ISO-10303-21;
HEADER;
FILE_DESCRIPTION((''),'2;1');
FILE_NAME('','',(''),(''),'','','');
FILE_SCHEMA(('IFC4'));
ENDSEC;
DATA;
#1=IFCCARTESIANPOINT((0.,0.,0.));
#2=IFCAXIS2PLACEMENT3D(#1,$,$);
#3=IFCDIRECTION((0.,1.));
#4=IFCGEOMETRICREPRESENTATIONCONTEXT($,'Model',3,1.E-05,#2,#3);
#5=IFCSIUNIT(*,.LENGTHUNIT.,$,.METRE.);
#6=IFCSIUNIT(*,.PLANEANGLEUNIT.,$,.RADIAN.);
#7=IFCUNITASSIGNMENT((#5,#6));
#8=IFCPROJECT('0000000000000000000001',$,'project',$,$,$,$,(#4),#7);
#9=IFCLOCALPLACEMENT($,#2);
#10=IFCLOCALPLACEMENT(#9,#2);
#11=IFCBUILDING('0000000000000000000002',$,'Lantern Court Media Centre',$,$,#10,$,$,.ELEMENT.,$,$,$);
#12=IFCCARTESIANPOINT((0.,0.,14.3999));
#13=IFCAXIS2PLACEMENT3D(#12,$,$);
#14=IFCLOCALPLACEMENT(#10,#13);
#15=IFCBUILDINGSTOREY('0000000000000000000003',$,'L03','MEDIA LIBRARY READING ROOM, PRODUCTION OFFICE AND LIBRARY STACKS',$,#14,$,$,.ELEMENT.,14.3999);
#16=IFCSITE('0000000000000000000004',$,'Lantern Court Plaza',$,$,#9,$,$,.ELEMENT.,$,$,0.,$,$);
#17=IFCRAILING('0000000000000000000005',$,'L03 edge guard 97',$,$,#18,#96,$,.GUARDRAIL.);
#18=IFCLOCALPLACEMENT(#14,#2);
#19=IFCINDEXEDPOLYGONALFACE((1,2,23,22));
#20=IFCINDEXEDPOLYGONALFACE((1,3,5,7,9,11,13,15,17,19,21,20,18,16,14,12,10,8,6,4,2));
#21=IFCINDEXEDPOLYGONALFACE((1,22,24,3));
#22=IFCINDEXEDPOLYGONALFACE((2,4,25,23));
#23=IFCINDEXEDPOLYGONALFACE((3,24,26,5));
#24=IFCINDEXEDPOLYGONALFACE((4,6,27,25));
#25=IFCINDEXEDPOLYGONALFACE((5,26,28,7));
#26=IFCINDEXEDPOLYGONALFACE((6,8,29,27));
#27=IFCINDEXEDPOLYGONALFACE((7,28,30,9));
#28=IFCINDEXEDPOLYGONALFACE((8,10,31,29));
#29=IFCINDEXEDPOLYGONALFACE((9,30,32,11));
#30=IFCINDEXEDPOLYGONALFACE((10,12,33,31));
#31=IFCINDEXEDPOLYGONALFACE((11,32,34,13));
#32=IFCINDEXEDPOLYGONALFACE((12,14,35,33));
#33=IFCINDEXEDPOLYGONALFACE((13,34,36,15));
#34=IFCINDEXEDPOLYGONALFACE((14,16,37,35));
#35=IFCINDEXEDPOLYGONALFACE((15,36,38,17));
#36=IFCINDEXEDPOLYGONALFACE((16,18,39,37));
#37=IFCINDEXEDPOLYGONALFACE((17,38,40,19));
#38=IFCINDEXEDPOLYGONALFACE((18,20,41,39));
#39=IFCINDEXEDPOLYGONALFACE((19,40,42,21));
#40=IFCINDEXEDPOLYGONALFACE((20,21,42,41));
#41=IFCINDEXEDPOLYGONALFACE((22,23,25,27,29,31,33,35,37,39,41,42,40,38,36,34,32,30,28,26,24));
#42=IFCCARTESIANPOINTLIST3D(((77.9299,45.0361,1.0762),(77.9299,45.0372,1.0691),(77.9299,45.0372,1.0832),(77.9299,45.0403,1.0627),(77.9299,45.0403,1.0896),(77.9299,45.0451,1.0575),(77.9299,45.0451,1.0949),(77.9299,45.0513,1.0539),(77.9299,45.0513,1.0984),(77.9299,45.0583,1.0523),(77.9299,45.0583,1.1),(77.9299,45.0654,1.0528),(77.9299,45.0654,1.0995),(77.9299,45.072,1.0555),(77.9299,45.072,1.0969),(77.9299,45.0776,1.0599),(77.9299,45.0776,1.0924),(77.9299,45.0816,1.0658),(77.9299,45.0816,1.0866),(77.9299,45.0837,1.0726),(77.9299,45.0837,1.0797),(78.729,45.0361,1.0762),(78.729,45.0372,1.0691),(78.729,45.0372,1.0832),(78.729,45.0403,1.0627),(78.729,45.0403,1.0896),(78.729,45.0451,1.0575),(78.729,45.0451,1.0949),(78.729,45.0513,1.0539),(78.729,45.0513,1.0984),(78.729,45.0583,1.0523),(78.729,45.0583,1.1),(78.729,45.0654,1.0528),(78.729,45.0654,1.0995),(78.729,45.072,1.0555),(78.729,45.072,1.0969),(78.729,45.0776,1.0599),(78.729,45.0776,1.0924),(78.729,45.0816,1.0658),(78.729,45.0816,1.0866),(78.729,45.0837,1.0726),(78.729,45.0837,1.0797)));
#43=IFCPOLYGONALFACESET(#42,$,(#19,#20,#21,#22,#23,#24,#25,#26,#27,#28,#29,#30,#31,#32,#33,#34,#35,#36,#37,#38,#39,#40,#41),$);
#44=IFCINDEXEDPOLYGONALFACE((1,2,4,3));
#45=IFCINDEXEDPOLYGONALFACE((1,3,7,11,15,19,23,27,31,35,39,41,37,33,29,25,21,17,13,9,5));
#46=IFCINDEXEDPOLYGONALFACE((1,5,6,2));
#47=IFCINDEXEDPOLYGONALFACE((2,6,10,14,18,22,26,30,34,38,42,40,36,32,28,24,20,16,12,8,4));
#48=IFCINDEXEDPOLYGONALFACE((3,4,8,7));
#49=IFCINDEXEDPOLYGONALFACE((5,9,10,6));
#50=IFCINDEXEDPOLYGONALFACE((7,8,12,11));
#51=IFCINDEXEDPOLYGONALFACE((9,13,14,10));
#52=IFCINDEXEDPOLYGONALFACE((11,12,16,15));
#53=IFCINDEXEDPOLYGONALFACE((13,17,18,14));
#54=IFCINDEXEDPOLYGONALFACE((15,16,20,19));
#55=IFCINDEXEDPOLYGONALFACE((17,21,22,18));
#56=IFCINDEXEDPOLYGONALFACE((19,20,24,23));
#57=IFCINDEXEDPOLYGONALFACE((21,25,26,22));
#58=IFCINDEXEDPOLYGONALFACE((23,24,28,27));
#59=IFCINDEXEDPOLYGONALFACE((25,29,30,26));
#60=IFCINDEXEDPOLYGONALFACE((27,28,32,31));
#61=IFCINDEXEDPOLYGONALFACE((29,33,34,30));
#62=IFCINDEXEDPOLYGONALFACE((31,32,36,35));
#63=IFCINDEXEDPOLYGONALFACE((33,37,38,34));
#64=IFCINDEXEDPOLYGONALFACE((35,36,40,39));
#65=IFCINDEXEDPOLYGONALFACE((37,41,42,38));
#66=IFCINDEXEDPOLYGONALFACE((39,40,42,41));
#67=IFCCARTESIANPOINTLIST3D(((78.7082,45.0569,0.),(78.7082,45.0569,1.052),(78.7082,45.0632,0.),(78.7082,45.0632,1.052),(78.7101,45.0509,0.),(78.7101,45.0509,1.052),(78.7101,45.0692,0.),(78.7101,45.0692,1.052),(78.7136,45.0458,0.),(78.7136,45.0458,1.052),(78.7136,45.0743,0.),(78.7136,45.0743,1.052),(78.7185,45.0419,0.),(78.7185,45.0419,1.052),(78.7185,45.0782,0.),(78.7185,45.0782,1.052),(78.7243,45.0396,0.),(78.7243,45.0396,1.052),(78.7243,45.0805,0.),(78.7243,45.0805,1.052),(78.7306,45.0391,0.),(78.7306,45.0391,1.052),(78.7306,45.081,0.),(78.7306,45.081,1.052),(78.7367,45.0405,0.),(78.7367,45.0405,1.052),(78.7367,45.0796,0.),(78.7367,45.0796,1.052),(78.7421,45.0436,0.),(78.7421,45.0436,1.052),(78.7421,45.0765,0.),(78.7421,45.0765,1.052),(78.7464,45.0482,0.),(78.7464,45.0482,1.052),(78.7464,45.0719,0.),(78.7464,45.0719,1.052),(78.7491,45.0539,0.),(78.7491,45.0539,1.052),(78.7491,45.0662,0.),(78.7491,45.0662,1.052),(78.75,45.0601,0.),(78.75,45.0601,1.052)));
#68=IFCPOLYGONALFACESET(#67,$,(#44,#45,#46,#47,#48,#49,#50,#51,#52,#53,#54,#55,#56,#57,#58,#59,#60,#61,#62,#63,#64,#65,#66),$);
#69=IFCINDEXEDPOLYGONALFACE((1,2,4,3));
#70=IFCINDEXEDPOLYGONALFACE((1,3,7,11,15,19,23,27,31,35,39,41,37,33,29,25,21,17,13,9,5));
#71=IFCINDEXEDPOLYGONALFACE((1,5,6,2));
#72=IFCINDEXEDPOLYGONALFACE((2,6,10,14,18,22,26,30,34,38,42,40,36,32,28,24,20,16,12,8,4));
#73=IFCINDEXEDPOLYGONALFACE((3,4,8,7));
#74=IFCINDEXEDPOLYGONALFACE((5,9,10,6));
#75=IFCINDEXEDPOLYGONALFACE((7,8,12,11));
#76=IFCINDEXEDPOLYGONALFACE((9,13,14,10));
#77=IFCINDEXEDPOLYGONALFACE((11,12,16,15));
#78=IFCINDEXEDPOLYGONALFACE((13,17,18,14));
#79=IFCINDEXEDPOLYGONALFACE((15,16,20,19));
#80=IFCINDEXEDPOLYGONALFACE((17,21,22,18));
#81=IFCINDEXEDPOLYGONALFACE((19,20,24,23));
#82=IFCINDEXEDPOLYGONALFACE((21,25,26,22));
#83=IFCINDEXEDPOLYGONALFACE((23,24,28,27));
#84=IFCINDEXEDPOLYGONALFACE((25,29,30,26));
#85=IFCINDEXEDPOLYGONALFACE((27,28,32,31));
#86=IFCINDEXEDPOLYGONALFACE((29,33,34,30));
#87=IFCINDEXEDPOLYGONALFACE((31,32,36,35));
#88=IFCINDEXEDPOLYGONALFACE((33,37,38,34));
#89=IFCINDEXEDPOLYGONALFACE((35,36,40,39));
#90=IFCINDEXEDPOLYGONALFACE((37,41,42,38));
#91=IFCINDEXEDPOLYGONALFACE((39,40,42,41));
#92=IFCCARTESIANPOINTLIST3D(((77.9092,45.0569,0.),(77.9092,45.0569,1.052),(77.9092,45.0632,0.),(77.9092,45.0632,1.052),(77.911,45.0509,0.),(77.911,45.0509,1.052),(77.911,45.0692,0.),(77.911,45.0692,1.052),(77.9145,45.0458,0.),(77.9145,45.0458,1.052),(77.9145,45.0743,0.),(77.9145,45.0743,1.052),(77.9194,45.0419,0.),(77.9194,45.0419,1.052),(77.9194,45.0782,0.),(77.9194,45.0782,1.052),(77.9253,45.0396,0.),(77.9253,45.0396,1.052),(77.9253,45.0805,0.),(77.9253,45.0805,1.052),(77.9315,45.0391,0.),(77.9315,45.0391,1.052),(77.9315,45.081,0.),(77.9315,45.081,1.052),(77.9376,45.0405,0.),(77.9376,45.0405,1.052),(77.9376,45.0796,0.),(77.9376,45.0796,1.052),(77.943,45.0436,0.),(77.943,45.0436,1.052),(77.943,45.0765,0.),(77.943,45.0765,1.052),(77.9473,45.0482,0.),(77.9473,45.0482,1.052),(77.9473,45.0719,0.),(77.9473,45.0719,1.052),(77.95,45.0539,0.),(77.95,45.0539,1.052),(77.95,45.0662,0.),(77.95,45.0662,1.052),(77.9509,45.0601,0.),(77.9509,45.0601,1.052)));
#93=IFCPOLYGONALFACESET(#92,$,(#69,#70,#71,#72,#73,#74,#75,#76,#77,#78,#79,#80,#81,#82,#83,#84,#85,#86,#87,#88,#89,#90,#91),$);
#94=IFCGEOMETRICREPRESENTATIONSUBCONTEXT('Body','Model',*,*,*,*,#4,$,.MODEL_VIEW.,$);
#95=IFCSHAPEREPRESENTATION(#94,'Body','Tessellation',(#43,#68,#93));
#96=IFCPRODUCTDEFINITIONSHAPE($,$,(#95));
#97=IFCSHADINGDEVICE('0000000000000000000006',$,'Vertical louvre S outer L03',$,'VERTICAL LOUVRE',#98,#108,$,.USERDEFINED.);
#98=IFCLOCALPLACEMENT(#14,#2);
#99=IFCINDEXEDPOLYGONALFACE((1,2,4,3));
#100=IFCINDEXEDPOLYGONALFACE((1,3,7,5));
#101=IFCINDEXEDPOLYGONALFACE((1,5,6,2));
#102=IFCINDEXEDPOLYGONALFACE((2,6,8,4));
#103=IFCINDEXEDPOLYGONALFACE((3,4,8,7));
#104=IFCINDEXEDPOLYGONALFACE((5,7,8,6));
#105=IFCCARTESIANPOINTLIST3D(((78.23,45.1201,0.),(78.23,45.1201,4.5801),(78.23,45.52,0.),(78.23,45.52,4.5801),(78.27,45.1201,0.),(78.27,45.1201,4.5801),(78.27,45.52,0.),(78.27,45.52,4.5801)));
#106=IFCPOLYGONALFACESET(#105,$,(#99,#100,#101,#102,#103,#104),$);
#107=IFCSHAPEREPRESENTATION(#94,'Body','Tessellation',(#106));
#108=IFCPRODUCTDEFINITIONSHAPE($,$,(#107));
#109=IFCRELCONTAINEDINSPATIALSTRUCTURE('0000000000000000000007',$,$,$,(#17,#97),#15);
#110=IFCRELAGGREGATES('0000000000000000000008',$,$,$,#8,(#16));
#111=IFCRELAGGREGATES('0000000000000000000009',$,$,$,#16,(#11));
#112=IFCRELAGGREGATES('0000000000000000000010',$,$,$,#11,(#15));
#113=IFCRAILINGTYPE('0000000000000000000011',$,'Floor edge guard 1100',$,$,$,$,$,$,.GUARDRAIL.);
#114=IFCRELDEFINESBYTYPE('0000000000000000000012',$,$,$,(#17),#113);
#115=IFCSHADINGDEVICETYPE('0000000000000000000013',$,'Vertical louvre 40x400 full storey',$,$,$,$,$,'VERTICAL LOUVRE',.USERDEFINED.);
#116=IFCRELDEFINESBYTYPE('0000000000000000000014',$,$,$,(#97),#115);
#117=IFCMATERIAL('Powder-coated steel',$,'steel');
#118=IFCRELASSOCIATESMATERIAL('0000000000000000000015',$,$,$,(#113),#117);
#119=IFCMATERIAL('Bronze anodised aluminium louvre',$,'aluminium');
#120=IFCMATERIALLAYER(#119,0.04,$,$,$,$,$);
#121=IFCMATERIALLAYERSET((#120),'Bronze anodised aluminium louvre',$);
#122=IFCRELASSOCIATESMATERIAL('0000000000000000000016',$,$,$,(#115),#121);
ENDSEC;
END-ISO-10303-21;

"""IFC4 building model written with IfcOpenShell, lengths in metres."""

from ifc_helpers import new_model, si_unit, direction, frame, origin, origin_2d, place, context, subcontext, project, spatial, rectangle, circle, extrude, material, layer, layer_set, type_object, element, save


model = new_model("IFC4")

# Units and contexts
model_context = context("Model", 3, precision=1e-05, world=origin(), true_north=direction((0.0, 1.0)))
body_context = subcontext(model_context, "Body", "Model", "MODEL_VIEW")
ifc_project = project(units=[si_unit("LENGTHUNIT", "METRE"), si_unit("PLANEANGLEUNIT", "RADIAN")], contexts=[model_context])

# Site, building, storey
site_placement = place(None, origin())
site = spatial("IfcSite", under=ifc_project, at=site_placement, Name="Lantern Court Plaza", CompositionType="ELEMENT", RefElevation=0.0)
building_placement = place(site_placement, origin())
building = spatial("IfcBuilding", under=site, at=building_placement, Name="Lantern Court Media Centre", CompositionType="ELEMENT")
storey_placement = place(building_placement, frame((0.0, 0.0, 14.3999)))
storey = spatial("IfcBuildingStorey", under=building, at=storey_placement, Name="L03", Description="MEDIA LIBRARY READING ROOM, PRODUCTION OFFICE AND LIBRARY STACKS", CompositionType="ELEMENT", Elevation=14.3999)

# Railing
ifc_material_1 = material(Name="Powder-coated steel", Category="steel")
railing_type = type_object("IfcRailingType", Name="Floor edge guard 1100", PredefinedType="GUARDRAIL", material=ifc_material_1)
railing_placement = place(storey_placement, frame((78.729, 45.0601, 0.0)))
element("IfcRailing", 1, at=railing_placement, inside=storey, type_object=railing_type, Name="L03 edge guard 97", PredefinedType="GUARDRAIL", context=body_context, shape_type="SweptSolid", body=[
    extrude(circle(Radius=0.0239, at=origin_2d()), frame((0.0, 0.0, 1.0762), z_axis=(-1.0, 0.0, 0.0), x_axis=(0.0, -1.0, 0.0)), (0.0, 0.0, 1.0), 0.7991),
    extrude(circle(Radius=0.021, at=origin_2d()), origin(), (0.0, 0.0, 1.0), 1.052),
    extrude(circle(Radius=0.021, at=origin_2d()), frame((-0.7991, 0.0, 0.0)), (0.0, 0.0, 1.0), 1.052),
])

# Shading device
ifc_material_2 = material(Name="Bronze anodised aluminium louvre", Category="aluminium")
ifc_layer_1 = layer(ifc_material_2, 0.04)
ifc_layer_set_1 = layer_set([ifc_layer_1], Name="Bronze anodised aluminium louvre")
shading_device_type = type_object("IfcShadingDeviceType", Name="Vertical louvre 40x400 full storey", ElementType="VERTICAL LOUVRE", PredefinedType="USERDEFINED", material=ifc_layer_set_1)
shading_device_placement = place(storey_placement, frame((78.25, 45.3201, 0.0), z_axis=(0.0, 0.0, 1.0), x_axis=(1.0, 0.0, 0.0)))
element("IfcShadingDevice", 2, at=shading_device_placement, inside=storey, type_object=shading_device_type, Name="Vertical louvre S outer L03", ObjectType="VERTICAL LOUVRE", PredefinedType="USERDEFINED", context=body_context, shape_type="SweptSolid", body=[
    extrude(rectangle(XDim=0.04, YDim=0.3999, at=origin_2d()), origin(), (0.0, 0.0, 1.0), 4.5801),
])

save(model, "model.ifc")
